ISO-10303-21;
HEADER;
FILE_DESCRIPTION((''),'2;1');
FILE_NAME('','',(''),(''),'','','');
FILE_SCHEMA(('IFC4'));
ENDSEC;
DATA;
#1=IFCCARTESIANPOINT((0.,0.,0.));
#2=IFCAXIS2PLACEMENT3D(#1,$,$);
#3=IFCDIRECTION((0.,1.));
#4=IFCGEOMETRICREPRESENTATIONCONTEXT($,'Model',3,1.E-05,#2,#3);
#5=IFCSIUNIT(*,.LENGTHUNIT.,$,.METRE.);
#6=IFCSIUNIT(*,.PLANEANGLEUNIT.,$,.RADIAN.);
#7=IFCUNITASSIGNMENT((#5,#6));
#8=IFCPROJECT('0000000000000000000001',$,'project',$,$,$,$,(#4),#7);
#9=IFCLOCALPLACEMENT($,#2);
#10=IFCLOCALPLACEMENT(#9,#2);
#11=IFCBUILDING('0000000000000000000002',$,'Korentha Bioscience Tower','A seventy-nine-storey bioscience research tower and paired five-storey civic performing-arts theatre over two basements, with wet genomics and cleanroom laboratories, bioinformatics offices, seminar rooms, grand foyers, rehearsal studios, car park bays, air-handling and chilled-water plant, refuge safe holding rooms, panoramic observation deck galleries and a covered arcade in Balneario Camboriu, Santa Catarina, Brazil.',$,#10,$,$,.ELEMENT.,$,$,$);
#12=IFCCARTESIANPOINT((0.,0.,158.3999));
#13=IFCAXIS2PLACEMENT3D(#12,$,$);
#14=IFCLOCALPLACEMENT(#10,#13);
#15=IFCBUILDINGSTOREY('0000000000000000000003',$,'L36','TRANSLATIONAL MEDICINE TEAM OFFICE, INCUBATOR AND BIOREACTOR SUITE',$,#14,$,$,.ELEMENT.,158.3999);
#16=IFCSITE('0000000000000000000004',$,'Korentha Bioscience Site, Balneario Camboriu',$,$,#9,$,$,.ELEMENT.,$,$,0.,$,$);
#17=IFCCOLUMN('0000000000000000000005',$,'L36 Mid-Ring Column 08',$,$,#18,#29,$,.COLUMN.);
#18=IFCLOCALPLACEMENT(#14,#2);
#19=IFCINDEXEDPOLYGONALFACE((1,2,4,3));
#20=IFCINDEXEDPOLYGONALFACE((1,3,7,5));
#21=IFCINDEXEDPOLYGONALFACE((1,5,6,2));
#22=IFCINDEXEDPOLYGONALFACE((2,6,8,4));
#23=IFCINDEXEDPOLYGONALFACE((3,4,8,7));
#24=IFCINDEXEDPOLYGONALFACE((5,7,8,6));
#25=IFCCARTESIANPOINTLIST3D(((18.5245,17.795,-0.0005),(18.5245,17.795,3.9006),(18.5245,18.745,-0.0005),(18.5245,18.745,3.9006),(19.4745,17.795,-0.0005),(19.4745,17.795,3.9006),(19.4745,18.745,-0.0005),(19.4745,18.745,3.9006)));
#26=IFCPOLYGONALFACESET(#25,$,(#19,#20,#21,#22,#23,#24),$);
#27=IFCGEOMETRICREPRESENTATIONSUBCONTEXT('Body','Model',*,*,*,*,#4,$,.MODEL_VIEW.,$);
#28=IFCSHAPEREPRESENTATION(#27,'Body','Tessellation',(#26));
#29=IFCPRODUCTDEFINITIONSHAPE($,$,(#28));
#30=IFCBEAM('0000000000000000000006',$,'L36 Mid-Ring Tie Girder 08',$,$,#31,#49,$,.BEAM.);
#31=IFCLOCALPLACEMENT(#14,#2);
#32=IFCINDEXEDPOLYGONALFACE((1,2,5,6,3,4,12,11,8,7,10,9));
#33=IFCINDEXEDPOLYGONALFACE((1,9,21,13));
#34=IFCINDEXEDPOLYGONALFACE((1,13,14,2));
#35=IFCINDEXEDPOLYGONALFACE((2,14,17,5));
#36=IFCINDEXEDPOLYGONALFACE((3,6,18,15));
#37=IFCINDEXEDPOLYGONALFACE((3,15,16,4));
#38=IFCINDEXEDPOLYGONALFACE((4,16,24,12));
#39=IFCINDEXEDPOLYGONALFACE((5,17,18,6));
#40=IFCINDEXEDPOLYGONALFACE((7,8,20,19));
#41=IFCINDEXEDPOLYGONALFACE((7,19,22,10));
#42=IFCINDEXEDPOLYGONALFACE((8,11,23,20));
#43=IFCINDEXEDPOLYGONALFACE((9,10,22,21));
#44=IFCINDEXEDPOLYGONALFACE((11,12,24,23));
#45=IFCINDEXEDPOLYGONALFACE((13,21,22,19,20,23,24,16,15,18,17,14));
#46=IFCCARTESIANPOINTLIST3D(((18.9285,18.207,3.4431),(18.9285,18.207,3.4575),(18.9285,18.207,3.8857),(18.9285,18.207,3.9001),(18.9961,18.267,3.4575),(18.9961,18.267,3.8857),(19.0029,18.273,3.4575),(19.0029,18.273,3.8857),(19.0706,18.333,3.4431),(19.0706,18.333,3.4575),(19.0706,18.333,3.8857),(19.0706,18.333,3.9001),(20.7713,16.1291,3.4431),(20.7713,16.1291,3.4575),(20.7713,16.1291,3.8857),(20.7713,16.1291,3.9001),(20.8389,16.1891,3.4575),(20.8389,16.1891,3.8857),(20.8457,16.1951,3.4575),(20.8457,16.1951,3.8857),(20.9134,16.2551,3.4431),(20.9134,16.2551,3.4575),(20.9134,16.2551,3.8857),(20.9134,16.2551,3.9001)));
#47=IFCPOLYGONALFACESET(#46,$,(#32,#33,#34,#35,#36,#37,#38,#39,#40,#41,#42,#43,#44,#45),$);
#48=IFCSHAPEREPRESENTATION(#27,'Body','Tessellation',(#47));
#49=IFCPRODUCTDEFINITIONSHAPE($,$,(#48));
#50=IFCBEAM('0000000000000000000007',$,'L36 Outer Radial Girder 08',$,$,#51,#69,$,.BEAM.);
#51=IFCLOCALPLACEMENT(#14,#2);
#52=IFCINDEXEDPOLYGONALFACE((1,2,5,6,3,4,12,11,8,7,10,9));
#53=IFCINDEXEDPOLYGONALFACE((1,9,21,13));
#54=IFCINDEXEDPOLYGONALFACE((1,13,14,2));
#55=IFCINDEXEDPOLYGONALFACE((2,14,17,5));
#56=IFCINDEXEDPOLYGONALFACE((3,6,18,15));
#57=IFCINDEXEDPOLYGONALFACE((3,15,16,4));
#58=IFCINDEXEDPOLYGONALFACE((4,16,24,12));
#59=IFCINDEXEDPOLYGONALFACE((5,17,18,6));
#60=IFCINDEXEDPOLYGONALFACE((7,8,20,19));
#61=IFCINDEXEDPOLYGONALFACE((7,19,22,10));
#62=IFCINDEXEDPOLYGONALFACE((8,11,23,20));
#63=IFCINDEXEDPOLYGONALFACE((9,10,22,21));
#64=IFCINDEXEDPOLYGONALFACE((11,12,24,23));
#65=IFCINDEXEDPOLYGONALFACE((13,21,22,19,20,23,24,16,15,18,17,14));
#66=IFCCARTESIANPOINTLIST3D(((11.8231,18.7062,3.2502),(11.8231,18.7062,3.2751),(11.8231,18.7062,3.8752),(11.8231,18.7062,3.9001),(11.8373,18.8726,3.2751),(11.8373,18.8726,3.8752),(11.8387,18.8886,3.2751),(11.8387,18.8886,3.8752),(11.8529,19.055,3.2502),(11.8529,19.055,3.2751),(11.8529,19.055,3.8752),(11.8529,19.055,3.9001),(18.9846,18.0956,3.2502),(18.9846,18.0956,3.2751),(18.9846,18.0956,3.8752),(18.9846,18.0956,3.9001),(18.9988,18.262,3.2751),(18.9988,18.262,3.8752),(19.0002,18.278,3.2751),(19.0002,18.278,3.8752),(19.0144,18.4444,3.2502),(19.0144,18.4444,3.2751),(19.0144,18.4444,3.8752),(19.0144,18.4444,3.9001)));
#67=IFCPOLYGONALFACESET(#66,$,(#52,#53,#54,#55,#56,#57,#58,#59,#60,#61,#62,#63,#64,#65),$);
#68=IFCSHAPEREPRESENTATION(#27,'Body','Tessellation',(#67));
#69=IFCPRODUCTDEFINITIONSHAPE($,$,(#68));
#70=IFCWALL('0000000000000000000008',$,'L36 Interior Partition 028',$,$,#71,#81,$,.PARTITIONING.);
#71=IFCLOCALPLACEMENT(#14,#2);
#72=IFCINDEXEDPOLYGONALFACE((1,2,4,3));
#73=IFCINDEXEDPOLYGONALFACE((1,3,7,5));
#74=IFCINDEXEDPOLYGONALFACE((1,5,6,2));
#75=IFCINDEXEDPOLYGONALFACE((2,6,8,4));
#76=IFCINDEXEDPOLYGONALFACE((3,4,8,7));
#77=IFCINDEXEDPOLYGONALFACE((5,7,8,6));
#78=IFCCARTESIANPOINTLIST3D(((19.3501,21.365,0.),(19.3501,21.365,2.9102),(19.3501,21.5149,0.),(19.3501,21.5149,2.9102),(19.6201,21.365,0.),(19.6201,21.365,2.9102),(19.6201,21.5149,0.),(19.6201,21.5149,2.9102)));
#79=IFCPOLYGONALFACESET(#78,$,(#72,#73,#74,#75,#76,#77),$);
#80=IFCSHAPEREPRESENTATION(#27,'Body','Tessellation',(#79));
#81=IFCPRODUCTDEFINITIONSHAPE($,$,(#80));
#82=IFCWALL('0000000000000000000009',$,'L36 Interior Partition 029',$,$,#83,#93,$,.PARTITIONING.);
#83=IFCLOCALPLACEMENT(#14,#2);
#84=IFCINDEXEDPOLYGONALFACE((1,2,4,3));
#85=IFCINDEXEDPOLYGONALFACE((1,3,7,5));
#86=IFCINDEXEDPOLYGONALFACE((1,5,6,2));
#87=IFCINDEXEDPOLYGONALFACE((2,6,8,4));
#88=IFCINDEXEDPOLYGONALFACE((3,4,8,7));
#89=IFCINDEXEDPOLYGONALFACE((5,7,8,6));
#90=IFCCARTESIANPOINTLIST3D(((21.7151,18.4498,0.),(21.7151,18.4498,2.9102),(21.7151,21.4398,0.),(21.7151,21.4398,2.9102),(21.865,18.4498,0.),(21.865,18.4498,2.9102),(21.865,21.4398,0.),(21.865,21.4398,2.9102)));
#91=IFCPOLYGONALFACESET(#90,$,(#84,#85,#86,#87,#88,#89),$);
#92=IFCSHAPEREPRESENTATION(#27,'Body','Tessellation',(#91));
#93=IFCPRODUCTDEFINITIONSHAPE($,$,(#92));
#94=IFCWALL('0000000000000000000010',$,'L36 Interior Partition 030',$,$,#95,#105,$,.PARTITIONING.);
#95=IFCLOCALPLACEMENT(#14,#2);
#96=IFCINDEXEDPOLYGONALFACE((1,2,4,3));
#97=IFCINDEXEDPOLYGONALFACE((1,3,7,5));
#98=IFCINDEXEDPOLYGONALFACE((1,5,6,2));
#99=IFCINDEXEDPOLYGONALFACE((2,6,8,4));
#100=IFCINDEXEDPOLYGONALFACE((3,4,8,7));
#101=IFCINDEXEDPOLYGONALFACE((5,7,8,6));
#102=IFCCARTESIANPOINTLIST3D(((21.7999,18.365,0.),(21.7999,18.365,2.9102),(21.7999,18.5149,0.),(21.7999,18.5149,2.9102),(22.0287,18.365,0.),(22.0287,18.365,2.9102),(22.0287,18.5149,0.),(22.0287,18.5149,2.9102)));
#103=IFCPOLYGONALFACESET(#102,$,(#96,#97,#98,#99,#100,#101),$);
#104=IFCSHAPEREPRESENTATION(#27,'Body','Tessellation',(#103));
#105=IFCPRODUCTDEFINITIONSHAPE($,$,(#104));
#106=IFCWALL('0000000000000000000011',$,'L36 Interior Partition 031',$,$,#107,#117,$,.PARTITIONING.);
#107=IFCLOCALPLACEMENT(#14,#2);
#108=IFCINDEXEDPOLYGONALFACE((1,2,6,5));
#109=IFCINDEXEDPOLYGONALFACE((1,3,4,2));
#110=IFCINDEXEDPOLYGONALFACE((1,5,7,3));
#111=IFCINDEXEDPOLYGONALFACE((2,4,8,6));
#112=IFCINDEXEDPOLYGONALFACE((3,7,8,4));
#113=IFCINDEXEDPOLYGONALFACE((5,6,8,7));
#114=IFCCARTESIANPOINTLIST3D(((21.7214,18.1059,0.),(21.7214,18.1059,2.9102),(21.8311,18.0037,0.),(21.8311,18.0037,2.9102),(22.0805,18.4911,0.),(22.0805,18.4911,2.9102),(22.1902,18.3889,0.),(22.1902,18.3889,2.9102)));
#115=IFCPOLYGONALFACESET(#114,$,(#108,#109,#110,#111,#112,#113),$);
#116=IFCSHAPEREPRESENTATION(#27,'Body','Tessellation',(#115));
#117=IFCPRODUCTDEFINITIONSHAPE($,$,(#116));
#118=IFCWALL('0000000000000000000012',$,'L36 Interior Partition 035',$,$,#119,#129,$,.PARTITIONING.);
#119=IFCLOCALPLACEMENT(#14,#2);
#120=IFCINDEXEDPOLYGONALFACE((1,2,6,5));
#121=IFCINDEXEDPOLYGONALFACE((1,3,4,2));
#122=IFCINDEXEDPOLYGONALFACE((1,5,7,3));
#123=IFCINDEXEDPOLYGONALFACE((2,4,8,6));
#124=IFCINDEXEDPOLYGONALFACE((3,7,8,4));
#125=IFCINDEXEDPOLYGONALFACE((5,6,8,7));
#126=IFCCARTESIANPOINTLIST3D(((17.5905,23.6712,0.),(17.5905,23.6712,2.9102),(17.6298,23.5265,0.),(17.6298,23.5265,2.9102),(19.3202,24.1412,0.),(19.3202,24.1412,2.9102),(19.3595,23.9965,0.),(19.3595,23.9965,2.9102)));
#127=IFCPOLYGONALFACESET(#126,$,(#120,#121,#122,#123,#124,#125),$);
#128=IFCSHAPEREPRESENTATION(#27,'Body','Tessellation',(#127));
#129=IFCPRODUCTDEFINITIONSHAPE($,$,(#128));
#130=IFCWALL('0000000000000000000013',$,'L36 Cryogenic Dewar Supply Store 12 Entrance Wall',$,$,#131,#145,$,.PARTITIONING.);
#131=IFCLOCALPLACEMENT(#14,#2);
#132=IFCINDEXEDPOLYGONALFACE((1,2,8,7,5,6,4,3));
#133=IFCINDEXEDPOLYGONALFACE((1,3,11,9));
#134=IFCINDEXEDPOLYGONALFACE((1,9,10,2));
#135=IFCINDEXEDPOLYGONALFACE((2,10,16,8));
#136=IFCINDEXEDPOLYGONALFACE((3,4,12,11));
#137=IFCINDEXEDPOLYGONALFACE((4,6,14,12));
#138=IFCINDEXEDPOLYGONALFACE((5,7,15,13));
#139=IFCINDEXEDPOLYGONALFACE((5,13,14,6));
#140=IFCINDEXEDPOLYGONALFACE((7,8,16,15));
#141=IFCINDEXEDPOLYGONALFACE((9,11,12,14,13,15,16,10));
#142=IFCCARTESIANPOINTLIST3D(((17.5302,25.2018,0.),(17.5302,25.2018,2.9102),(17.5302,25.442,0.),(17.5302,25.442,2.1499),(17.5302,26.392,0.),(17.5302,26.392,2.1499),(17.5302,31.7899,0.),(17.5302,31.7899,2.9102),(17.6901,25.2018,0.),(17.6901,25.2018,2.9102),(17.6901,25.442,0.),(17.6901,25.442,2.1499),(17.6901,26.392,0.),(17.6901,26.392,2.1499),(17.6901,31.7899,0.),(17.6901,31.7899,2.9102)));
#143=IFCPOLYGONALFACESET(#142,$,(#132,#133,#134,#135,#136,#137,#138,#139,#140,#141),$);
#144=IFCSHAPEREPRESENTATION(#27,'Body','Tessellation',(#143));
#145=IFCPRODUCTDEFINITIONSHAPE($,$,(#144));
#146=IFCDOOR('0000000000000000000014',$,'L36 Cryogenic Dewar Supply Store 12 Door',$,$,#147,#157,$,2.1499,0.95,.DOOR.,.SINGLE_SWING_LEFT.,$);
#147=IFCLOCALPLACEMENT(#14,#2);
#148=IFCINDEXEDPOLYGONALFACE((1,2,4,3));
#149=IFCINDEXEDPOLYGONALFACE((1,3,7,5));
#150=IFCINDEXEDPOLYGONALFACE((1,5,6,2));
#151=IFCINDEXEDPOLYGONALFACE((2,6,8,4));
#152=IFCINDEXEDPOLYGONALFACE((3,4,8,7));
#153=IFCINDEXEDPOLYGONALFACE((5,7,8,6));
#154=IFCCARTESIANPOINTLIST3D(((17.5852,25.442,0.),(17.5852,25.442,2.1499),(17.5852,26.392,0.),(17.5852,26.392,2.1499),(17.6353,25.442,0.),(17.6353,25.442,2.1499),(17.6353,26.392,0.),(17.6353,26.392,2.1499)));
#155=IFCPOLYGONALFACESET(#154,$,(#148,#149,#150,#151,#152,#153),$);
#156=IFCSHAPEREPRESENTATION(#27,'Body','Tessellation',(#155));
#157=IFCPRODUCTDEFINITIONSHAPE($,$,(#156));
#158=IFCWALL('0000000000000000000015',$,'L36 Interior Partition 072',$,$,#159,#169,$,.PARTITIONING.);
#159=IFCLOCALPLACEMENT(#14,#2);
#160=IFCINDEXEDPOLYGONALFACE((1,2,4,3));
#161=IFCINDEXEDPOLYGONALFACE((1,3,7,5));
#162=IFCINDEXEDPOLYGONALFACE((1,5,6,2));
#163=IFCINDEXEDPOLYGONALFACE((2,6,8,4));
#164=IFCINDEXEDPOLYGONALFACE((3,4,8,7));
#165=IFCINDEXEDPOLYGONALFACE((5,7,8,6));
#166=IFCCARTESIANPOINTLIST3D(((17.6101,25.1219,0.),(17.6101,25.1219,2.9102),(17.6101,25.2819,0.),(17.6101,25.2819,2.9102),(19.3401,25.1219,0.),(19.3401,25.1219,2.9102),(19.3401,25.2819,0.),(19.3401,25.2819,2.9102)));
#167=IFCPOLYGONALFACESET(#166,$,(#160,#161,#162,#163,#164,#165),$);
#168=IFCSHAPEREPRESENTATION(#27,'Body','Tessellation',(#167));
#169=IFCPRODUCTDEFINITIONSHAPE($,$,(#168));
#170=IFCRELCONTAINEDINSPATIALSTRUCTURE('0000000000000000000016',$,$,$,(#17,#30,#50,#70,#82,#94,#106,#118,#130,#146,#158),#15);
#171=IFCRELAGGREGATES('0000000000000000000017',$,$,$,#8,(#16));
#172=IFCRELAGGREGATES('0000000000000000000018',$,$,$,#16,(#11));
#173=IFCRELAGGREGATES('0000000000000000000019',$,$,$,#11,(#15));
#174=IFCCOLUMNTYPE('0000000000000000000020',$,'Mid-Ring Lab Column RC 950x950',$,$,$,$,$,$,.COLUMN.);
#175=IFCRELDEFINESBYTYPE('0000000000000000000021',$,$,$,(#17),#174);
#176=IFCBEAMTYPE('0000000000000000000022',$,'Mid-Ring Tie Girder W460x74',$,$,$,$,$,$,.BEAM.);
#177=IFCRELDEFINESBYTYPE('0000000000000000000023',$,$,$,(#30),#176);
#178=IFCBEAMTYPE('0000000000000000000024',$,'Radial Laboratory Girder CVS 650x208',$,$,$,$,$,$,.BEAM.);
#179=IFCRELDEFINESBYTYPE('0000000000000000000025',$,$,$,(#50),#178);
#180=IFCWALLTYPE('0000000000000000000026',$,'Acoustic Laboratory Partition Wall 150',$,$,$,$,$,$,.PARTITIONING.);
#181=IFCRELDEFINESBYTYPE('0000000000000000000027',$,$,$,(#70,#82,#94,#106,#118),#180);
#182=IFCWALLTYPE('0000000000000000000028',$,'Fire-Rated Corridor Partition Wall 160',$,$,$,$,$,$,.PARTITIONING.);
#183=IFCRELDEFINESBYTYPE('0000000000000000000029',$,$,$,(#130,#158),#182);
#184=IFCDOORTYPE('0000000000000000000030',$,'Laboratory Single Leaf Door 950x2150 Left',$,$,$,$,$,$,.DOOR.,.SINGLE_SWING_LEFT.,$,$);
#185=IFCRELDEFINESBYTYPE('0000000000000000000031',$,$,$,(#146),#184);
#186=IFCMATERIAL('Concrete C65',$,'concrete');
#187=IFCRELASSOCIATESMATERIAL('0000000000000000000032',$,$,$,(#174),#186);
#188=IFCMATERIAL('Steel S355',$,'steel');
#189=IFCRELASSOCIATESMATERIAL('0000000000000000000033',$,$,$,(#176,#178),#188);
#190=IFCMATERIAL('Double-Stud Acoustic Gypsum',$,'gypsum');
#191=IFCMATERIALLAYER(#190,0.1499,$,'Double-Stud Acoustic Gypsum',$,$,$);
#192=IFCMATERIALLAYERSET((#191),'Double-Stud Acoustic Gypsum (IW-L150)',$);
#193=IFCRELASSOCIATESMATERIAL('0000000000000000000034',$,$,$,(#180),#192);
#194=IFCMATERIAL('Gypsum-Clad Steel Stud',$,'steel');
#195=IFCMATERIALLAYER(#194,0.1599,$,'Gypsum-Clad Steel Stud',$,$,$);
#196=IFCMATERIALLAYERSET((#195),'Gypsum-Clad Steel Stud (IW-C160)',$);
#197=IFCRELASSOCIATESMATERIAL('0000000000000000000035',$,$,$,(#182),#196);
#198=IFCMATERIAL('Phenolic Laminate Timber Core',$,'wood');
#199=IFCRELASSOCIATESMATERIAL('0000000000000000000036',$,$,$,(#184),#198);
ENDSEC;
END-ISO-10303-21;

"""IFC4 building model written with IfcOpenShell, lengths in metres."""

from ifc_helpers import new_model, si_unit, direction, frame, frame_2d, origin, origin_2d, place, context, subcontext, project, spatial, rectangle, i_section, extrude, material, layer, layer_set, material_profile, profile_set, type_object, element, fill, save


model = new_model("IFC4")

# Units and contexts
model_context = context("Model", 3, precision=1e-05, world=origin(), true_north=direction((0.0, 1.0)))
body_context = subcontext(model_context, "Body", "Model", "MODEL_VIEW")
ifc_project = project(units=[si_unit("LENGTHUNIT", "METRE"), si_unit("PLANEANGLEUNIT", "RADIAN")], contexts=[model_context])

# Site, building, storey
site_placement = place(None, origin())
site = spatial("IfcSite", under=ifc_project, at=site_placement, Name="Korentha Bioscience Site, Balneario Camboriu", CompositionType="ELEMENT", RefElevation=0.0)
building_placement = place(site_placement, origin())
building = spatial("IfcBuilding", under=site, at=building_placement, Name="Korentha Bioscience Tower", Description="A seventy-nine-storey bioscience research tower and paired five-storey civic performing-arts theatre over two basements, with wet genomics and cleanroom laboratories, bioinformatics offices, seminar rooms, grand foyers, rehearsal studios, car park bays, air-handling and chilled-water plant, refuge safe holding rooms, panoramic observation deck galleries and a covered arcade in Balneario Camboriu, Santa Catarina, Brazil.", CompositionType="ELEMENT")
storey_placement = place(building_placement, frame((0.0, 0.0, 158.3999)))
storey = spatial("IfcBuildingStorey", under=building, at=storey_placement, Name="L36", Description="TRANSLATIONAL MEDICINE TEAM OFFICE, INCUBATOR AND BIOREACTOR SUITE", CompositionType="ELEMENT", Elevation=158.3999)

# Column
ifc_material_1 = material(Name="Concrete C65", Category="concrete")
ifc_material_profile_1 = material_profile(ifc_material_1, rectangle(XDim=0.95, YDim=0.95, at=origin_2d()), Name="Concrete C65")
ifc_profile_set_1 = profile_set([ifc_material_profile_1], Name="Concrete C65 (COL-MR09)")
column_type = type_object("IfcColumnType", Name="Mid-Ring Lab Column RC 950x950", PredefinedType="COLUMN", material=ifc_profile_set_1)
column_placement = place(storey_placement, frame((18.9995, 18.27, -0.0005), z_axis=(0.0, 0.0, 1.0), x_axis=(1.0, 0.0, 0.0)))
element("IfcColumn", 1, at=column_placement, inside=storey, type_object=column_type, Name="L36 Mid-Ring Column 08", PredefinedType="COLUMN", context=body_context, shape_type="SweptSolid", body=[
    extrude(rectangle(XDim=0.95, YDim=0.95, at=origin_2d()), origin(), (0.0, 0.0, 1.0), 3.9011),
])

# Beams
ifc_material_2 = material(Name="Steel S355", Category="steel")
ifc_material_profile_2 = material_profile(ifc_material_2, i_section(OverallWidth=0.1899, OverallDepth=0.457, WebThickness=0.009, FlangeThickness=0.0144, at=origin_2d()), Name="Steel S355")
ifc_profile_set_2 = profile_set([ifc_material_profile_2], Name="Steel S355 (MB-460)")
beam_type_1 = type_object("IfcBeamType", Name="Mid-Ring Tie Girder W460x74", PredefinedType="BEAM", material=ifc_profile_set_2)
beam_1_placement = place(storey_placement, frame((18.9995, 18.27, 3.6716), z_axis=(0.663512, -0.748165, 0.0), x_axis=(0.748165, 0.663512, 0.0)))
element("IfcBeam", 2, at=beam_1_placement, inside=storey, type_object=beam_type_1, Name="L36 Mid-Ring Tie Girder 08", PredefinedType="BEAM", context=body_context, shape_type="SweptSolid", body=[
    extrude(i_section(OverallWidth=0.1899, OverallDepth=0.457, WebThickness=0.009, FlangeThickness=0.0144, at=origin_2d()), origin(), (0.0, 0.0, 1.0), 2.7773),
])
ifc_material_profile_3 = material_profile(ifc_material_2, i_section(OverallWidth=0.3501, OverallDepth=0.6499, WebThickness=0.0161, FlangeThickness=0.0249, at=origin_2d()), Name="Steel S355")
ifc_profile_set_3 = profile_set([ifc_material_profile_3], Name="Steel S355 (RB-650)")
beam_type_2 = type_object("IfcBeamType", Name="Radial Laboratory Girder CVS 650x208", PredefinedType="BEAM", material=ifc_profile_set_3)
beam_2_placement = place(storey_placement, frame((18.9995, 18.27, 3.5752), z_axis=(-0.996385, 0.084951, 0.0), x_axis=(-0.084951, -0.996385, 0.0)))
element("IfcBeam", 3, at=beam_2_placement, inside=storey, type_object=beam_type_2, Name="L36 Outer Radial Girder 08", PredefinedType="BEAM", context=body_context, shape_type="SweptSolid", body=[
    extrude(i_section(OverallWidth=0.3501, OverallDepth=0.6499, WebThickness=0.0161, FlangeThickness=0.0249, at=origin_2d()), origin(), (0.0, 0.0, 1.0), 7.1875),
])

# Walls
ifc_material_3 = material(Name="Double-Stud Acoustic Gypsum", Category="gypsum")
ifc_layer_1 = layer(ifc_material_3, 0.1499, Name="Double-Stud Acoustic Gypsum")
ifc_layer_set_1 = layer_set([ifc_layer_1], Name="Double-Stud Acoustic Gypsum (IW-L150)")
wall_type_1 = type_object("IfcWallType", Name="Acoustic Laboratory Partition Wall 150", PredefinedType="PARTITIONING", material=ifc_layer_set_1)
wall_1_placement = place(storey_placement, frame((19.3501, 21.4399, 0.0), z_axis=(0.0, 0.0, 1.0), x_axis=(1.0, 0.0, 0.0)))
element("IfcWall", 4, at=wall_1_placement, inside=storey, type_object=wall_type_1, Name="L36 Interior Partition 028", PredefinedType="PARTITIONING", context=body_context, shape_type="SweptSolid", body=[
    extrude(rectangle(XDim=0.27, YDim=0.1499, at=frame_2d((0.135, 0.0))), origin(), (0.0, 0.0, 1.0), 2.9102),
])
wall_2_placement = place(storey_placement, frame((21.79, 21.4399, 0.0), z_axis=(0.0, 0.0, 1.0), x_axis=(0.0, -1.0, 0.0)))
element("IfcWall", 5, at=wall_2_placement, inside=storey, type_object=wall_type_1, Name="L36 Interior Partition 029", PredefinedType="PARTITIONING", context=body_context, shape_type="SweptSolid", body=[
    extrude(rectangle(XDim=2.99, YDim=0.1499, at=frame_2d((1.4951, 0.0))), origin(), (0.0, 0.0, 1.0), 2.9102),
])
wall_3_placement = place(storey_placement, frame((21.8, 18.4399, 0.0), z_axis=(0.0, 0.0, 1.0), x_axis=(1.0, 0.0, 0.0)))
element("IfcWall", 6, at=wall_3_placement, inside=storey, type_object=wall_type_1, Name="L36 Interior Partition 030", PredefinedType="PARTITIONING", context=body_context, shape_type="SweptSolid", body=[
    extrude(rectangle(XDim=0.2288, YDim=0.1499, at=frame_2d((0.1143, 0.0))), origin(), (0.0, 0.0, 1.0), 2.9102),
])
wall_4_placement = place(storey_placement, frame((22.1353, 18.4399, 0.0), z_axis=(0.0, 0.0, 1.0), x_axis=(-0.681872, -0.731471, 0.0)))
element("IfcWall", 7, at=wall_4_placement, inside=storey, type_object=wall_type_1, Name="L36 Interior Partition 031", PredefinedType="PARTITIONING", context=body_context, shape_type="SweptSolid", body=[
    extrude(rectangle(XDim=0.5266, YDim=0.1499, at=frame_2d((0.2632, 0.0))), origin(), (0.0, 0.0, 1.0), 2.9102),
])
wall_5_placement = place(storey_placement, frame((17.6101, 23.5989, 0.0), z_axis=(0.0, 0.0, 1.0), x_axis=(0.965015, 0.262195, 0.0)))
element("IfcWall", 8, at=wall_5_placement, inside=storey, type_object=wall_type_1, Name="L36 Interior Partition 035", PredefinedType="PARTITIONING", context=body_context, shape_type="SweptSolid", body=[
    extrude(rectangle(XDim=1.7925, YDim=0.1499, at=frame_2d((0.8962, 0.0))), origin(), (0.0, 0.0, 1.0), 2.9102),
])

# Wall, opening, door
ifc_material_4 = material(Name="Gypsum-Clad Steel Stud", Category="steel")
ifc_layer_2 = layer(ifc_material_4, 0.1599, Name="Gypsum-Clad Steel Stud")
ifc_layer_set_2 = layer_set([ifc_layer_2], Name="Gypsum-Clad Steel Stud (IW-C160)")
wall_type_2 = type_object("IfcWallType", Name="Fire-Rated Corridor Partition Wall 160", PredefinedType="PARTITIONING", material=ifc_layer_set_2)
wall_6_placement = place(storey_placement, frame((17.6101, 25.2019, 0.0), z_axis=(0.0, 0.0, 1.0), x_axis=(0.0, 1.0, 0.0)))
wall_6 = element("IfcWall", 9, at=wall_6_placement, inside=storey, type_object=wall_type_2, Name="L36 Cryogenic Dewar Supply Store 12 Entrance Wall", PredefinedType="PARTITIONING", context=body_context, shape_type="SweptSolid", body=[
    extrude(rectangle(XDim=6.5881, YDim=0.1599, at=frame_2d((3.2939, 0.0))), origin(), (0.0, 0.0, 1.0), 2.9102),
])
opening_1_placement = place(wall_6_placement, frame((0.24, 0.0, 0.0)))
opening_1 = element("IfcOpeningElement", 10, at=opening_1_placement, cuts=wall_6, PredefinedType="OPENING", context=body_context, shape_type="SweptSolid", body=[
    extrude(rectangle(XDim=0.95, YDim=2.1499, at=frame_2d((0.4751, 1.075))), frame((0.0, 0.0947, 0.0), z_axis=(0.0, -1.0, 0.0), x_axis=(1.0, 0.0, 0.0)), (0.0, 0.0, 1.0), 0.1897),
])
ifc_material_5 = material(Name="Phenolic Laminate Timber Core", Category="wood")
door_type_1 = type_object("IfcDoorType", Name="Laboratory Single Leaf Door 950x2150 Left", OperationType="SINGLE_SWING_LEFT", PredefinedType="DOOR", material=ifc_material_5)
door_1_placement = place(opening_1_placement, origin())
door_1 = element("IfcDoor", 11, at=door_1_placement, inside=storey, type_object=door_type_1, Name="L36 Cryogenic Dewar Supply Store 12 Door", OperationType="SINGLE_SWING_LEFT", OverallHeight=2.1499, OverallWidth=0.95, PredefinedType="DOOR", context=body_context, shape_type="SweptSolid", body=[
    extrude(rectangle(XDim=0.95, YDim=2.1499, at=frame_2d((0.4751, 1.075))), frame((0.0, 0.0249, 0.0), z_axis=(0.0, -1.0, 0.0), x_axis=(1.0, 0.0, 0.0)), (0.0, 0.0, 1.0), 0.05),
])
fill(opening_1, door_1)

# Wall
wall_7_placement = place(storey_placement, frame((19.3401, 25.2019, 0.0), z_axis=(0.0, 0.0, 1.0), x_axis=(-1.0, 0.0, 0.0)))
element("IfcWall", 12, at=wall_7_placement, inside=storey, type_object=wall_type_2, Name="L36 Interior Partition 072", PredefinedType="PARTITIONING", context=body_context, shape_type="SweptSolid", body=[
    extrude(rectangle(XDim=1.73, YDim=0.1599, at=frame_2d((0.865, 0.0))), origin(), (0.0, 0.0, 1.0), 2.9102),
])

save(model, "model.ifc")
